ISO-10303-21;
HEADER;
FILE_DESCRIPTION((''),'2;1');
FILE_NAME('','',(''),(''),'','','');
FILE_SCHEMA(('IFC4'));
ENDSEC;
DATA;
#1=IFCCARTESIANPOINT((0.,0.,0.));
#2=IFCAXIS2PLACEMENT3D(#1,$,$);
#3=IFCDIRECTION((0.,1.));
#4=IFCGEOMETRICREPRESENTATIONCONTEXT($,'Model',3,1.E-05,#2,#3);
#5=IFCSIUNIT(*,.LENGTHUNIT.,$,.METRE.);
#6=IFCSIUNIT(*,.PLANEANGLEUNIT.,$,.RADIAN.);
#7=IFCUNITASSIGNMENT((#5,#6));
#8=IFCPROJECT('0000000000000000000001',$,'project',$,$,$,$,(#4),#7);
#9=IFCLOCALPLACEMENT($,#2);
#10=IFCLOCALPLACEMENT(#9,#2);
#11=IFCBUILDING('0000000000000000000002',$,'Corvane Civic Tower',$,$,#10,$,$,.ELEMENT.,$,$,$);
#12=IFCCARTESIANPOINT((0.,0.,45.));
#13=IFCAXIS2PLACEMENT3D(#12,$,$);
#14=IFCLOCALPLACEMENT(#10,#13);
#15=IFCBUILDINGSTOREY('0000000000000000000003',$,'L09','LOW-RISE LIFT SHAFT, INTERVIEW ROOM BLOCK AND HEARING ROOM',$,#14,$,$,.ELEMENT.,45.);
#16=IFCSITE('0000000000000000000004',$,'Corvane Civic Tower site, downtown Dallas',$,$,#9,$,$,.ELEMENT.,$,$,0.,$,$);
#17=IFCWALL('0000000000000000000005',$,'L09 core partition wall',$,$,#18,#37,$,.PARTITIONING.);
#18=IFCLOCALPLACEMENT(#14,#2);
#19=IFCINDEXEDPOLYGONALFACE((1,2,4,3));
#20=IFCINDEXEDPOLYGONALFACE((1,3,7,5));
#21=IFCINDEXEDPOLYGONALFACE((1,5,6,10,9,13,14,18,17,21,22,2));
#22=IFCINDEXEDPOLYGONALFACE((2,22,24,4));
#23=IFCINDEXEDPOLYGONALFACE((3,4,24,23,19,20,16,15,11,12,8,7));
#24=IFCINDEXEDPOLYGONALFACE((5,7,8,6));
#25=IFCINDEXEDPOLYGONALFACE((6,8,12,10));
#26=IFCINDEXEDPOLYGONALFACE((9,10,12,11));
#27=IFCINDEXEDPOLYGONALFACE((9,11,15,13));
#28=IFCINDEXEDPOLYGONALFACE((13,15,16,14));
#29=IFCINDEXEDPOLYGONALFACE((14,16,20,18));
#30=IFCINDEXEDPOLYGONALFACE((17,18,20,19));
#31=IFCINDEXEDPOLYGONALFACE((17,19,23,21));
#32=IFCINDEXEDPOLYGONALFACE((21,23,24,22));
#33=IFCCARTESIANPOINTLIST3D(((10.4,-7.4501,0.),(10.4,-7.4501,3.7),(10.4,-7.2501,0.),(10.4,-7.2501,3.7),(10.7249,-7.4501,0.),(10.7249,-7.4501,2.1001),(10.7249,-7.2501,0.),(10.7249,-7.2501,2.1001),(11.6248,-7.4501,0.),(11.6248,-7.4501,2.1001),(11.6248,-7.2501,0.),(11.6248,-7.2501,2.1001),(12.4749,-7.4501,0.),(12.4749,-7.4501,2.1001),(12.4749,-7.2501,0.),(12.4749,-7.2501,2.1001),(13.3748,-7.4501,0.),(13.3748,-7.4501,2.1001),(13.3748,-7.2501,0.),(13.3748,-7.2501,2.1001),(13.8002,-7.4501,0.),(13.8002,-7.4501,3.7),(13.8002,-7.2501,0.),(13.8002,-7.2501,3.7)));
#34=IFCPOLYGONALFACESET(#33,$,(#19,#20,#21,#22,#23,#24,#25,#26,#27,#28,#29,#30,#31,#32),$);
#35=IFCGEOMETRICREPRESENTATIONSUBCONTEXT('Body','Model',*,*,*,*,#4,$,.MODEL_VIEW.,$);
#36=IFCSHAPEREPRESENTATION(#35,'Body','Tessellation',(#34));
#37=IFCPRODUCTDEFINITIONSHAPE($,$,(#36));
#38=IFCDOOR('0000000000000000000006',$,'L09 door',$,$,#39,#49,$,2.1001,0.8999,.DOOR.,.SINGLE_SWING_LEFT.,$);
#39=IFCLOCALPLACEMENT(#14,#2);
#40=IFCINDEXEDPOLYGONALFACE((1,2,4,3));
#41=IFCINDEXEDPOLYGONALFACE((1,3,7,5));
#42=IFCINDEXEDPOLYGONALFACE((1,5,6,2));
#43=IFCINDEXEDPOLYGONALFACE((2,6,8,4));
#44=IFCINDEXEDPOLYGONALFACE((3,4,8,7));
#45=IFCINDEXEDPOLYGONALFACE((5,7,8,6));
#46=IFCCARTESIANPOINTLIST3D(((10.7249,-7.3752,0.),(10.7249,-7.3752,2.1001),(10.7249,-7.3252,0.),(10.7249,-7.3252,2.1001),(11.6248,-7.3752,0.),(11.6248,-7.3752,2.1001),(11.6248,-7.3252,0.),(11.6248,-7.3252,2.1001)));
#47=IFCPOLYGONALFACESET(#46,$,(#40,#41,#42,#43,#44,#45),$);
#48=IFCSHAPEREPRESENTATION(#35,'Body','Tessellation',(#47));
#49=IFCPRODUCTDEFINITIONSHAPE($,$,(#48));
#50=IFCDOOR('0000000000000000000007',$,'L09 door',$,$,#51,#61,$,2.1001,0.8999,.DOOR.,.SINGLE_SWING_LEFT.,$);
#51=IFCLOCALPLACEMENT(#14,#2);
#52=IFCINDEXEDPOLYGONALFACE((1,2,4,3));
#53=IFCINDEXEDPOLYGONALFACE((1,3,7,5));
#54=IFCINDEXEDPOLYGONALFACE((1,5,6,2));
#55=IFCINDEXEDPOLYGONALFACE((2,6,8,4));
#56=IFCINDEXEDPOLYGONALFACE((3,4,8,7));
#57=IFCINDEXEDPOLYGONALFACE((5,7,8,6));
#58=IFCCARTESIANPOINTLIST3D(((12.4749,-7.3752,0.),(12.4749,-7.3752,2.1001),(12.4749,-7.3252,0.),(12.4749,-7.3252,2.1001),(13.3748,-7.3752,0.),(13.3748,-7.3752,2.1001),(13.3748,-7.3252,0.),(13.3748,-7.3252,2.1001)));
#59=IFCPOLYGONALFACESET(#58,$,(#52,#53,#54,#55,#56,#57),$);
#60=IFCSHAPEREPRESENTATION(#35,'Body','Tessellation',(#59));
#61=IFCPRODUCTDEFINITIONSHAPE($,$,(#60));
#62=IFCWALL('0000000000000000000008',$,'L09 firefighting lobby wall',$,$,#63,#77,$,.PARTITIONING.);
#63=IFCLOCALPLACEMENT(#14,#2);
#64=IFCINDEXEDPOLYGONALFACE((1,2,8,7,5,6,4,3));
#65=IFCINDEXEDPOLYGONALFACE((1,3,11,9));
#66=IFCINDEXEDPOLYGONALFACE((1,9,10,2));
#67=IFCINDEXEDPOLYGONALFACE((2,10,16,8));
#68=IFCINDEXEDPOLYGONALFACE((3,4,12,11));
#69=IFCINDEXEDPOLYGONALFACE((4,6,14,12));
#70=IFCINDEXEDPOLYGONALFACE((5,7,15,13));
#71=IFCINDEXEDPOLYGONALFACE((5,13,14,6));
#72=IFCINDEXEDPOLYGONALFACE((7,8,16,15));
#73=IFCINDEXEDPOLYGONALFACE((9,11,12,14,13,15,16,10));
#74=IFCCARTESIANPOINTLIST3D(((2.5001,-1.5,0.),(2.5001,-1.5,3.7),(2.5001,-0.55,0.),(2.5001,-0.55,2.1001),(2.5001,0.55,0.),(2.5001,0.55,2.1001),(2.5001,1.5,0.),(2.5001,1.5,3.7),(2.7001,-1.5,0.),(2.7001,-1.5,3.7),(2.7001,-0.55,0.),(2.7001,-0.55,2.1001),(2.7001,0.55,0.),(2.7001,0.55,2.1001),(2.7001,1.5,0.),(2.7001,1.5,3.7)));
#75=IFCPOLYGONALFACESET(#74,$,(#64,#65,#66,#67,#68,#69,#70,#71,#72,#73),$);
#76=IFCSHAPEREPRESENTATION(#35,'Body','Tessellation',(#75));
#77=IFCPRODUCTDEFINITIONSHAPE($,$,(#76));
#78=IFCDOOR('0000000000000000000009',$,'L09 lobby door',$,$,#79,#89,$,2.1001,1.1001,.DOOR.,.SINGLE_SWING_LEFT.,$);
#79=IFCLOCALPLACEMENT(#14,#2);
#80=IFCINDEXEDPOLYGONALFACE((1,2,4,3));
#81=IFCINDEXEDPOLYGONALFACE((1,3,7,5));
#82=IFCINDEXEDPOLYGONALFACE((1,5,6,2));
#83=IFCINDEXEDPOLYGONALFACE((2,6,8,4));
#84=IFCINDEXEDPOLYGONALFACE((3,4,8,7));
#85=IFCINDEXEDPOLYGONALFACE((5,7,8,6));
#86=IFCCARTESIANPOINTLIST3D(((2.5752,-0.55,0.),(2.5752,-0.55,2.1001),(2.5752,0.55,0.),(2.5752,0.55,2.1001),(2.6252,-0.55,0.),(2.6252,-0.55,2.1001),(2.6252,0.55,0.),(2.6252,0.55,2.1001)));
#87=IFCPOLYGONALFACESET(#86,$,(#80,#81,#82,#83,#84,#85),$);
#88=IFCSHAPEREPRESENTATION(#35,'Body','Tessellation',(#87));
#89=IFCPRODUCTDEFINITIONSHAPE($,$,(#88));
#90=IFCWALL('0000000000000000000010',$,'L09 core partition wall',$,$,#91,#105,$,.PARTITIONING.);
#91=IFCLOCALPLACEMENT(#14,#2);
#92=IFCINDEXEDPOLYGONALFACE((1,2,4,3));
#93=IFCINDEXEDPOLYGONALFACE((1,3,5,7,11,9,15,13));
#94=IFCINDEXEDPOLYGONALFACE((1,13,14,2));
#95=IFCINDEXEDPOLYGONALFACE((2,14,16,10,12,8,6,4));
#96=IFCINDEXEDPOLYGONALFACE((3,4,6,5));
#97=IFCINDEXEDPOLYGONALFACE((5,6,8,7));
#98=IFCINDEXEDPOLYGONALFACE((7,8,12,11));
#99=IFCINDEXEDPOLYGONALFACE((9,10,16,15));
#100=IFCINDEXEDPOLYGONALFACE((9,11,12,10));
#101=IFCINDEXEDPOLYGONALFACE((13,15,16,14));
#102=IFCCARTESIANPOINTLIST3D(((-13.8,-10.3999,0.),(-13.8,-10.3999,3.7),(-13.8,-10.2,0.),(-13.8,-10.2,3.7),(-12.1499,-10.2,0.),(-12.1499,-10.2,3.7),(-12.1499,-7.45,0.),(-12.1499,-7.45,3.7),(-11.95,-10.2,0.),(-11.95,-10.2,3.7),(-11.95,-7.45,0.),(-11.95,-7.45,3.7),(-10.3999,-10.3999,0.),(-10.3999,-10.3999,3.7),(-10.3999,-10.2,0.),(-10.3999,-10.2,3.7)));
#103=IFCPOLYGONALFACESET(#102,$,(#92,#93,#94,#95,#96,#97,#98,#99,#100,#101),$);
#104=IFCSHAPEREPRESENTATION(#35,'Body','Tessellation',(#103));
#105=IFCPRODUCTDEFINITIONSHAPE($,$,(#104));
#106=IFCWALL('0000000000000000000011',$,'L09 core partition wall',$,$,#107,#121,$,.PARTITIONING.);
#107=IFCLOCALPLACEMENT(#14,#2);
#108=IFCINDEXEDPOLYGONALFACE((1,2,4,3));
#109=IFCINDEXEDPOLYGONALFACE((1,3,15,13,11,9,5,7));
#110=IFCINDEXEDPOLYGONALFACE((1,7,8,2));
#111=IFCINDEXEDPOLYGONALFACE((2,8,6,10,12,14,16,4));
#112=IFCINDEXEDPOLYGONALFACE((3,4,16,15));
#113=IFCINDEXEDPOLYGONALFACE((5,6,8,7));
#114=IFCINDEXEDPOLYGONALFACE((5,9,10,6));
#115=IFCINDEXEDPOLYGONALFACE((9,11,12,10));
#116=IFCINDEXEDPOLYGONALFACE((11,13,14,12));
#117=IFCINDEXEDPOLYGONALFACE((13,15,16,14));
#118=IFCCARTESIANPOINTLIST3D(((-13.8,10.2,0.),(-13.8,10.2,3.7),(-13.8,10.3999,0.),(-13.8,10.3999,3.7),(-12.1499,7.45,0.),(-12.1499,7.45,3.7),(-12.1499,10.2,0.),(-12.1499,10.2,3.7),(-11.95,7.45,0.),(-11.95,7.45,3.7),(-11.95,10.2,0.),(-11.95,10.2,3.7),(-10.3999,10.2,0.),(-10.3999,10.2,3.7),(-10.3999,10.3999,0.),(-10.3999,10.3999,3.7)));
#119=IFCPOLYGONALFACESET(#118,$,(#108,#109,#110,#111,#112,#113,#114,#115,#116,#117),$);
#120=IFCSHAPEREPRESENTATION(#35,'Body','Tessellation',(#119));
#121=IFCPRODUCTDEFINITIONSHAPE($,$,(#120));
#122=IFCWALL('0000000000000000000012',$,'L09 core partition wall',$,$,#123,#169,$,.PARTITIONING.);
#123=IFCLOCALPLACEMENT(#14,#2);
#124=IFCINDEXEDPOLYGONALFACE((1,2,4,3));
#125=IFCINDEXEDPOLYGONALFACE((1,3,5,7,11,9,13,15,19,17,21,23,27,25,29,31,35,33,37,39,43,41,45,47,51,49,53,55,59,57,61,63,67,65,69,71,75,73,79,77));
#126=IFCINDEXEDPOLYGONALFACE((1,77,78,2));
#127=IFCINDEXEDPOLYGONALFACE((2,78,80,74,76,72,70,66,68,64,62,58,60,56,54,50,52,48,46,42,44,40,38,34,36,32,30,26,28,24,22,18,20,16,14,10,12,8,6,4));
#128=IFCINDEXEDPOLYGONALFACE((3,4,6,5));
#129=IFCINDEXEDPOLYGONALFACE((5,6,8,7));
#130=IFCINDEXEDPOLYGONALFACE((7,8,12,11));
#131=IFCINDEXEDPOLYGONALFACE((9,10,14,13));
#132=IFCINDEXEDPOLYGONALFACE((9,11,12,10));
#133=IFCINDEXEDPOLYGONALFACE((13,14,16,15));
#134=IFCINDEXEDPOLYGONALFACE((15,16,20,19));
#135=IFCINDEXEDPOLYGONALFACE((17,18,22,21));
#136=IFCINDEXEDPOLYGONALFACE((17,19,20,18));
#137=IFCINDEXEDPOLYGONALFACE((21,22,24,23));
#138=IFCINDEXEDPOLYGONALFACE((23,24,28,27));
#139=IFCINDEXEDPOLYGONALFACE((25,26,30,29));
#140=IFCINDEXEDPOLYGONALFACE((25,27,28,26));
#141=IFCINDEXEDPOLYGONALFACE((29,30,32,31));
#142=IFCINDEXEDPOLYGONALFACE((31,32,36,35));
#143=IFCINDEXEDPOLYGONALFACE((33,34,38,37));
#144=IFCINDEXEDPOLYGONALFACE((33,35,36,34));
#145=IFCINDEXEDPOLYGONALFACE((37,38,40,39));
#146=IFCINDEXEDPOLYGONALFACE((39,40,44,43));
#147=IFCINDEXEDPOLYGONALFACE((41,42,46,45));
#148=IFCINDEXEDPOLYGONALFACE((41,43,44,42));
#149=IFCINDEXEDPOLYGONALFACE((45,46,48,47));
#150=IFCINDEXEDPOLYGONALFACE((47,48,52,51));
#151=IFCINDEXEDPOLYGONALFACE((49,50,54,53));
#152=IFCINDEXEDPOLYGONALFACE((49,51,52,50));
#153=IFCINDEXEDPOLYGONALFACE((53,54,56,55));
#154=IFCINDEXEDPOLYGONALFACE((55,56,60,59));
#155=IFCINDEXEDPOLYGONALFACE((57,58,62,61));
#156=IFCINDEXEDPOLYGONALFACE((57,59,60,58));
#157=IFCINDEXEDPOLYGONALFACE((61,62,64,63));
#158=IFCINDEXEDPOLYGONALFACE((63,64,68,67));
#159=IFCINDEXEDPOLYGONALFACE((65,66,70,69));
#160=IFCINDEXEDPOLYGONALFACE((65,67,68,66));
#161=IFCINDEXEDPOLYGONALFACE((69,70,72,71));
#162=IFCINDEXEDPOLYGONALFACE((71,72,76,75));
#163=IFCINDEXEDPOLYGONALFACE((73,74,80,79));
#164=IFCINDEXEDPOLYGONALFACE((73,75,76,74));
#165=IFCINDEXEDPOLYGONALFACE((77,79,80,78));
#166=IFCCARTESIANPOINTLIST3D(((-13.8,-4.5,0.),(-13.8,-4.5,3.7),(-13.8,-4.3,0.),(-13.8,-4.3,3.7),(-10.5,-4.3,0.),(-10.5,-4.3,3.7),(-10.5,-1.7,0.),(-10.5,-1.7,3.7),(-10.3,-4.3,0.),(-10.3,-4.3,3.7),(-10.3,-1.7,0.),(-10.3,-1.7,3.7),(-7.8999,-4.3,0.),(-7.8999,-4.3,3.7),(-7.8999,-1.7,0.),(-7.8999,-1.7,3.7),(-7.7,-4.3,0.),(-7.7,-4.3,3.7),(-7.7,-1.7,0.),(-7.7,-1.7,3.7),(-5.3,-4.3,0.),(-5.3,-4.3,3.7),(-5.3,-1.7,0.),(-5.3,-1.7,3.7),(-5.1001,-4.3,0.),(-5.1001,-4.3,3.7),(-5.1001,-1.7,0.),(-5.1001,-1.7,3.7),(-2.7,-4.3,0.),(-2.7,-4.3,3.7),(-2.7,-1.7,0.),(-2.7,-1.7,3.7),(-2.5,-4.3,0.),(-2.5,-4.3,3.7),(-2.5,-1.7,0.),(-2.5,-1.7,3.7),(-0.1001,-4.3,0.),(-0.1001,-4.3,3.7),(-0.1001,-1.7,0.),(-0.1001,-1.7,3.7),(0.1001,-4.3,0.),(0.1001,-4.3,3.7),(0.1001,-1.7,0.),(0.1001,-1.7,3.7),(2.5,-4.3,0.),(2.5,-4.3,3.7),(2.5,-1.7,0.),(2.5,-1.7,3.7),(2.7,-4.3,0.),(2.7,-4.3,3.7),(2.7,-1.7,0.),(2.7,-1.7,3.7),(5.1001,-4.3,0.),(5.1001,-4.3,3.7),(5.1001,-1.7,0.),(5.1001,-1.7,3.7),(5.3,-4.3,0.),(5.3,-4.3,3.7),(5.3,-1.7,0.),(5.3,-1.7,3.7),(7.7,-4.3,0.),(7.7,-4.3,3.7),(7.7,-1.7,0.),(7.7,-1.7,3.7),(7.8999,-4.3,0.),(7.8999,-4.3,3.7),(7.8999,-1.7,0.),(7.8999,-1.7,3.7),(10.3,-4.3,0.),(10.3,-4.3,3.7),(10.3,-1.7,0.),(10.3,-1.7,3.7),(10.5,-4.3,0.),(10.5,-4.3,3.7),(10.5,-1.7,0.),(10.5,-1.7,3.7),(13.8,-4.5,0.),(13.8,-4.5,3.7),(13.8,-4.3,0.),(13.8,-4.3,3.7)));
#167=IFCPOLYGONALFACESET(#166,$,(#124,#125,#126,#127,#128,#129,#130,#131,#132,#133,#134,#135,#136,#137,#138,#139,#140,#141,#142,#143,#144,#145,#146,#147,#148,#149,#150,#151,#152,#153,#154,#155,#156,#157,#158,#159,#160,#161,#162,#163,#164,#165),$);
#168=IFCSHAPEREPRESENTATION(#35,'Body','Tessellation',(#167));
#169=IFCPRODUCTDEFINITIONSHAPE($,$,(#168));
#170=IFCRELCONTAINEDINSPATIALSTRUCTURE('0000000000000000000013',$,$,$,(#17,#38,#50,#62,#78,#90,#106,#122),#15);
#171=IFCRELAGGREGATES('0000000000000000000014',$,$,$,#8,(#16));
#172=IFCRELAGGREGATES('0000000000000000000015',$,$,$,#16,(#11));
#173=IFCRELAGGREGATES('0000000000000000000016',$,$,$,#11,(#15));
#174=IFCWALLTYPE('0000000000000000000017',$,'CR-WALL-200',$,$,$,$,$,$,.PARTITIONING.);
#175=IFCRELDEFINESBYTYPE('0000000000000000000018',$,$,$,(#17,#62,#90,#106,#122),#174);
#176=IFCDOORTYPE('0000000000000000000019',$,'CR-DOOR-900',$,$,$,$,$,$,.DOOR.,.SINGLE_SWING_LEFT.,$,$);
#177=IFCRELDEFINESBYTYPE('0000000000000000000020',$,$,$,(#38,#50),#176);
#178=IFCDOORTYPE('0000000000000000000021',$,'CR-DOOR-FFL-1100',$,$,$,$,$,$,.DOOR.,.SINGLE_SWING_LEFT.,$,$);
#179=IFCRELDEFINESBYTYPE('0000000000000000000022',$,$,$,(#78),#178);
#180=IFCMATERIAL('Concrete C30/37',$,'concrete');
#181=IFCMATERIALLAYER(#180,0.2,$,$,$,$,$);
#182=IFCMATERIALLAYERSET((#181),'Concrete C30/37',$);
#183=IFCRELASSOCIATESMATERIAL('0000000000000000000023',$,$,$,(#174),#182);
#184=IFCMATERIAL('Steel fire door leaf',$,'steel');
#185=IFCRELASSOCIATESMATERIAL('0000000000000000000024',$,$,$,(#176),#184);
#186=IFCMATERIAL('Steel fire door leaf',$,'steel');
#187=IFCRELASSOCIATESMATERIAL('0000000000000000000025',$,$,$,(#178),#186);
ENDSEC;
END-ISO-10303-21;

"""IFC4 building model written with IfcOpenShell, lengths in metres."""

from ifc_helpers import new_model, si_unit, direction, frame, frame_2d, origin, place, context, subcontext, project, spatial, polyline, rectangle, outline, extrude, material, layer, layer_set, type_object, element, fill, save


model = new_model("IFC4")

# Units and contexts
model_context = context("Model", 3, precision=1e-05, world=origin(), true_north=direction((0.0, 1.0)))
body_context = subcontext(model_context, "Body", "Model", "MODEL_VIEW")
ifc_project = project(units=[si_unit("LENGTHUNIT", "METRE"), si_unit("PLANEANGLEUNIT", "RADIAN")], contexts=[model_context])

# Site, building, storey
site_placement = place(None, origin())
site = spatial("IfcSite", under=ifc_project, at=site_placement, Name="Corvane Civic Tower site, downtown Dallas", CompositionType="ELEMENT", RefElevation=0.0)
building_placement = place(site_placement, origin())
building = spatial("IfcBuilding", under=site, at=building_placement, Name="Corvane Civic Tower", CompositionType="ELEMENT")
storey_placement = place(building_placement, frame((0.0, 0.0, 45.0)))
storey = spatial("IfcBuildingStorey", under=building, at=storey_placement, Name="L09", Description="LOW-RISE LIFT SHAFT, INTERVIEW ROOM BLOCK AND HEARING ROOM", CompositionType="ELEMENT", Elevation=45.0)

# Wall, openings, doors
ifc_material_1 = material(Name="Concrete C30/37", Category="concrete")
ifc_layer_1 = layer(ifc_material_1, 0.2)
ifc_layer_set_1 = layer_set([ifc_layer_1], Name="Concrete C30/37")
wall_type_1 = type_object("IfcWallType", Name="CR-WALL-200", PredefinedType="PARTITIONING", material=ifc_layer_set_1)
wall_1_placement = place(storey_placement, frame((10.3999, -7.3501, 0.0), z_axis=(0.0, 0.0, 1.0), x_axis=(1.0, 0.0, 0.0)))
wall_1 = element("IfcWall", 1, at=wall_1_placement, inside=storey, type_object=wall_type_1, Name="L09 core partition wall", PredefinedType="PARTITIONING", context=body_context, shape_type="SweptSolid", body=[
    extrude(rectangle(XDim=3.4001, YDim=0.2, at=frame_2d((1.7002, 0.0))), origin(), (0.0, 0.0, 1.0), 3.7),
])
opening_1_placement = place(wall_1_placement, frame((0.325, 0.0, 0.0)))
opening_1 = element("IfcOpeningElement", 2, at=opening_1_placement, cuts=wall_1, PredefinedType="OPENING", context=body_context, shape_type="SweptSolid", body=[
    extrude(rectangle(XDim=0.8999, YDim=2.1001, at=frame_2d((0.45, 1.05))), frame((0.0, 0.1099, 0.0), z_axis=(0.0, -1.0, 0.0), x_axis=(1.0, 0.0, 0.0)), (0.0, 0.0, 1.0), 0.22),
])
opening_2_placement = place(wall_1_placement, frame((2.075, 0.0, 0.0)))
opening_2 = element("IfcOpeningElement", 3, at=opening_2_placement, cuts=wall_1, PredefinedType="OPENING", context=body_context, shape_type="SweptSolid", body=[
    extrude(rectangle(XDim=0.8999, YDim=2.1001, at=frame_2d((0.45, 1.05))), frame((0.0, 0.1099, 0.0), z_axis=(0.0, -1.0, 0.0), x_axis=(1.0, 0.0, 0.0)), (0.0, 0.0, 1.0), 0.22),
])
ifc_material_2 = material(Name="Steel fire door leaf", Category="steel")
door_type_1 = type_object("IfcDoorType", Name="CR-DOOR-900", OperationType="SINGLE_SWING_LEFT", PredefinedType="DOOR", material=ifc_material_2)
door_1_placement = place(opening_1_placement, origin())
door_1 = element("IfcDoor", 4, at=door_1_placement, inside=storey, type_object=door_type_1, Name="L09 door", OperationType="SINGLE_SWING_LEFT", OverallHeight=2.1001, OverallWidth=0.8999, PredefinedType="DOOR", context=body_context, shape_type="SweptSolid", body=[
    extrude(rectangle(XDim=0.8999, YDim=2.1001, at=frame_2d((0.45, 1.05))), frame((0.0, 0.0249, 0.0), z_axis=(0.0, -1.0, 0.0), x_axis=(1.0, 0.0, 0.0)), (0.0, 0.0, 1.0), 0.05),
])
fill(opening_1, door_1)
door_2_placement = place(opening_2_placement, origin())
door_2 = element("IfcDoor", 5, at=door_2_placement, inside=storey, type_object=door_type_1, Name="L09 door", OperationType="SINGLE_SWING_LEFT", OverallHeight=2.1001, OverallWidth=0.8999, PredefinedType="DOOR", context=body_context, shape_type="SweptSolid", body=[
    extrude(rectangle(XDim=0.8999, YDim=2.1001, at=frame_2d((0.45, 1.05))), frame((0.0, 0.0249, 0.0), z_axis=(0.0, -1.0, 0.0), x_axis=(1.0, 0.0, 0.0)), (0.0, 0.0, 1.0), 0.05),
])
fill(opening_2, door_2)

# Wall, opening, door
wall_2_placement = place(storey_placement, frame((2.6001, -1.5, 0.0), z_axis=(0.0, 0.0, 1.0), x_axis=(0.0, 1.0, 0.0)))
wall_2 = element("IfcWall", 6, at=wall_2_placement, inside=storey, type_object=wall_type_1, Name="L09 firefighting lobby wall", PredefinedType="PARTITIONING", context=body_context, shape_type="SweptSolid", body=[
    extrude(rectangle(XDim=3.0, YDim=0.2, at=frame_2d((1.5, 0.0))), origin(), (0.0, 0.0, 1.0), 3.7),
])
opening_3_placement = place(wall_2_placement, frame((0.95, 0.0, 0.0)))
opening_3 = element("IfcOpeningElement", 7, at=opening_3_placement, cuts=wall_2, PredefinedType="OPENING", context=body_context, shape_type="SweptSolid", body=[
    extrude(rectangle(XDim=1.1001, YDim=2.1001, at=frame_2d((0.55, 1.05))), frame((0.0, 0.1099, 0.0), z_axis=(0.0, -1.0, 0.0), x_axis=(1.0, 0.0, 0.0)), (0.0, 0.0, 1.0), 0.22),
])
ifc_material_3 = material(Name="Steel fire door leaf", Category="steel")
door_type_2 = type_object("IfcDoorType", Name="CR-DOOR-FFL-1100", OperationType="SINGLE_SWING_LEFT", PredefinedType="DOOR", material=ifc_material_3)
door_3_placement = place(opening_3_placement, origin())
door_3 = element("IfcDoor", 8, at=door_3_placement, inside=storey, type_object=door_type_2, Name="L09 lobby door", OperationType="SINGLE_SWING_LEFT", OverallHeight=2.1001, OverallWidth=1.1001, PredefinedType="DOOR", context=body_context, shape_type="SweptSolid", body=[
    extrude(rectangle(XDim=1.1001, YDim=2.1001, at=frame_2d((0.55, 1.05))), frame((0.0, 0.0249, 0.0), z_axis=(0.0, -1.0, 0.0), x_axis=(1.0, 0.0, 0.0)), (0.0, 0.0, 1.0), 0.05),
])
fill(opening_3, door_3)

# Walls
wall_3_placement = place(storey_placement, origin())
element("IfcWall", 9, at=wall_3_placement, inside=storey, type_object=wall_type_1, Name="L09 core partition wall", PredefinedType="PARTITIONING", context=body_context, shape_type="SweptSolid", body=[
    extrude(outline(polyline([(-12.1499, -7.45), (-11.95, -7.45), (-11.95, -10.2), (-10.3999, -10.2), (-10.3999, -10.3999), (-13.8, -10.3999), (-13.8, -10.2), (-12.1499, -10.2), (-12.1499, -7.45)])), origin(), (0.0, 0.0, 1.0), 3.7),
])
wall_4_placement = place(storey_placement, origin())
element("IfcWall", 10, at=wall_4_placement, inside=storey, type_object=wall_type_1, Name="L09 core partition wall", PredefinedType="PARTITIONING", context=body_context, shape_type="SweptSolid", body=[
    extrude(outline(polyline([(-13.8, 10.3999), (-10.3999, 10.3999), (-10.3999, 10.2), (-11.95, 10.2), (-11.95, 7.45), (-12.1499, 7.45), (-12.1499, 10.2), (-13.8, 10.2), (-13.8, 10.3999)])), origin(), (0.0, 0.0, 1.0), 3.7),
])
wall_5_placement = place(storey_placement, origin())
element("IfcWall", 11, at=wall_5_placement, inside=storey, type_object=wall_type_1, Name="L09 core partition wall", PredefinedType="PARTITIONING", context=body_context, shape_type="SweptSolid", body=[
    extrude(outline(polyline([(-10.3, -1.7), (-10.3, -4.3), (-7.8999, -4.3), (-7.8999, -1.7), (-7.7, -1.7), (-7.7, -4.3), (-5.3, -4.3), (-5.3, -1.7), (-5.1001, -1.7), (-5.1001, -4.3), (-2.7, -4.3), (-2.7, -1.7), (-2.5, -1.7), (-2.5, -4.3), (-0.1001, -4.3), (-0.1001, -1.7), (0.1001, -1.7), (0.1001, -4.3), (2.5, -4.3), (2.5, -1.7), (2.7, -1.7), (2.7, -4.3), (5.1001, -4.3), (5.1001, -1.7), (5.3, -1.7), (5.3, -4.3), (7.7, -4.3), (7.7, -1.7), (7.8999, -1.7), (7.8999, -4.3), (10.3, -4.3), (10.3, -1.7), (10.5, -1.7), (10.5, -4.3), (13.8, -4.3), (13.8, -4.5), (-13.8, -4.5), (-13.8, -4.3), (-10.5, -4.3), (-10.5, -1.7), (-10.3, -1.7)])), origin(), (0.0, 0.0, 1.0), 3.7),
])

save(model, "model.ifc")
